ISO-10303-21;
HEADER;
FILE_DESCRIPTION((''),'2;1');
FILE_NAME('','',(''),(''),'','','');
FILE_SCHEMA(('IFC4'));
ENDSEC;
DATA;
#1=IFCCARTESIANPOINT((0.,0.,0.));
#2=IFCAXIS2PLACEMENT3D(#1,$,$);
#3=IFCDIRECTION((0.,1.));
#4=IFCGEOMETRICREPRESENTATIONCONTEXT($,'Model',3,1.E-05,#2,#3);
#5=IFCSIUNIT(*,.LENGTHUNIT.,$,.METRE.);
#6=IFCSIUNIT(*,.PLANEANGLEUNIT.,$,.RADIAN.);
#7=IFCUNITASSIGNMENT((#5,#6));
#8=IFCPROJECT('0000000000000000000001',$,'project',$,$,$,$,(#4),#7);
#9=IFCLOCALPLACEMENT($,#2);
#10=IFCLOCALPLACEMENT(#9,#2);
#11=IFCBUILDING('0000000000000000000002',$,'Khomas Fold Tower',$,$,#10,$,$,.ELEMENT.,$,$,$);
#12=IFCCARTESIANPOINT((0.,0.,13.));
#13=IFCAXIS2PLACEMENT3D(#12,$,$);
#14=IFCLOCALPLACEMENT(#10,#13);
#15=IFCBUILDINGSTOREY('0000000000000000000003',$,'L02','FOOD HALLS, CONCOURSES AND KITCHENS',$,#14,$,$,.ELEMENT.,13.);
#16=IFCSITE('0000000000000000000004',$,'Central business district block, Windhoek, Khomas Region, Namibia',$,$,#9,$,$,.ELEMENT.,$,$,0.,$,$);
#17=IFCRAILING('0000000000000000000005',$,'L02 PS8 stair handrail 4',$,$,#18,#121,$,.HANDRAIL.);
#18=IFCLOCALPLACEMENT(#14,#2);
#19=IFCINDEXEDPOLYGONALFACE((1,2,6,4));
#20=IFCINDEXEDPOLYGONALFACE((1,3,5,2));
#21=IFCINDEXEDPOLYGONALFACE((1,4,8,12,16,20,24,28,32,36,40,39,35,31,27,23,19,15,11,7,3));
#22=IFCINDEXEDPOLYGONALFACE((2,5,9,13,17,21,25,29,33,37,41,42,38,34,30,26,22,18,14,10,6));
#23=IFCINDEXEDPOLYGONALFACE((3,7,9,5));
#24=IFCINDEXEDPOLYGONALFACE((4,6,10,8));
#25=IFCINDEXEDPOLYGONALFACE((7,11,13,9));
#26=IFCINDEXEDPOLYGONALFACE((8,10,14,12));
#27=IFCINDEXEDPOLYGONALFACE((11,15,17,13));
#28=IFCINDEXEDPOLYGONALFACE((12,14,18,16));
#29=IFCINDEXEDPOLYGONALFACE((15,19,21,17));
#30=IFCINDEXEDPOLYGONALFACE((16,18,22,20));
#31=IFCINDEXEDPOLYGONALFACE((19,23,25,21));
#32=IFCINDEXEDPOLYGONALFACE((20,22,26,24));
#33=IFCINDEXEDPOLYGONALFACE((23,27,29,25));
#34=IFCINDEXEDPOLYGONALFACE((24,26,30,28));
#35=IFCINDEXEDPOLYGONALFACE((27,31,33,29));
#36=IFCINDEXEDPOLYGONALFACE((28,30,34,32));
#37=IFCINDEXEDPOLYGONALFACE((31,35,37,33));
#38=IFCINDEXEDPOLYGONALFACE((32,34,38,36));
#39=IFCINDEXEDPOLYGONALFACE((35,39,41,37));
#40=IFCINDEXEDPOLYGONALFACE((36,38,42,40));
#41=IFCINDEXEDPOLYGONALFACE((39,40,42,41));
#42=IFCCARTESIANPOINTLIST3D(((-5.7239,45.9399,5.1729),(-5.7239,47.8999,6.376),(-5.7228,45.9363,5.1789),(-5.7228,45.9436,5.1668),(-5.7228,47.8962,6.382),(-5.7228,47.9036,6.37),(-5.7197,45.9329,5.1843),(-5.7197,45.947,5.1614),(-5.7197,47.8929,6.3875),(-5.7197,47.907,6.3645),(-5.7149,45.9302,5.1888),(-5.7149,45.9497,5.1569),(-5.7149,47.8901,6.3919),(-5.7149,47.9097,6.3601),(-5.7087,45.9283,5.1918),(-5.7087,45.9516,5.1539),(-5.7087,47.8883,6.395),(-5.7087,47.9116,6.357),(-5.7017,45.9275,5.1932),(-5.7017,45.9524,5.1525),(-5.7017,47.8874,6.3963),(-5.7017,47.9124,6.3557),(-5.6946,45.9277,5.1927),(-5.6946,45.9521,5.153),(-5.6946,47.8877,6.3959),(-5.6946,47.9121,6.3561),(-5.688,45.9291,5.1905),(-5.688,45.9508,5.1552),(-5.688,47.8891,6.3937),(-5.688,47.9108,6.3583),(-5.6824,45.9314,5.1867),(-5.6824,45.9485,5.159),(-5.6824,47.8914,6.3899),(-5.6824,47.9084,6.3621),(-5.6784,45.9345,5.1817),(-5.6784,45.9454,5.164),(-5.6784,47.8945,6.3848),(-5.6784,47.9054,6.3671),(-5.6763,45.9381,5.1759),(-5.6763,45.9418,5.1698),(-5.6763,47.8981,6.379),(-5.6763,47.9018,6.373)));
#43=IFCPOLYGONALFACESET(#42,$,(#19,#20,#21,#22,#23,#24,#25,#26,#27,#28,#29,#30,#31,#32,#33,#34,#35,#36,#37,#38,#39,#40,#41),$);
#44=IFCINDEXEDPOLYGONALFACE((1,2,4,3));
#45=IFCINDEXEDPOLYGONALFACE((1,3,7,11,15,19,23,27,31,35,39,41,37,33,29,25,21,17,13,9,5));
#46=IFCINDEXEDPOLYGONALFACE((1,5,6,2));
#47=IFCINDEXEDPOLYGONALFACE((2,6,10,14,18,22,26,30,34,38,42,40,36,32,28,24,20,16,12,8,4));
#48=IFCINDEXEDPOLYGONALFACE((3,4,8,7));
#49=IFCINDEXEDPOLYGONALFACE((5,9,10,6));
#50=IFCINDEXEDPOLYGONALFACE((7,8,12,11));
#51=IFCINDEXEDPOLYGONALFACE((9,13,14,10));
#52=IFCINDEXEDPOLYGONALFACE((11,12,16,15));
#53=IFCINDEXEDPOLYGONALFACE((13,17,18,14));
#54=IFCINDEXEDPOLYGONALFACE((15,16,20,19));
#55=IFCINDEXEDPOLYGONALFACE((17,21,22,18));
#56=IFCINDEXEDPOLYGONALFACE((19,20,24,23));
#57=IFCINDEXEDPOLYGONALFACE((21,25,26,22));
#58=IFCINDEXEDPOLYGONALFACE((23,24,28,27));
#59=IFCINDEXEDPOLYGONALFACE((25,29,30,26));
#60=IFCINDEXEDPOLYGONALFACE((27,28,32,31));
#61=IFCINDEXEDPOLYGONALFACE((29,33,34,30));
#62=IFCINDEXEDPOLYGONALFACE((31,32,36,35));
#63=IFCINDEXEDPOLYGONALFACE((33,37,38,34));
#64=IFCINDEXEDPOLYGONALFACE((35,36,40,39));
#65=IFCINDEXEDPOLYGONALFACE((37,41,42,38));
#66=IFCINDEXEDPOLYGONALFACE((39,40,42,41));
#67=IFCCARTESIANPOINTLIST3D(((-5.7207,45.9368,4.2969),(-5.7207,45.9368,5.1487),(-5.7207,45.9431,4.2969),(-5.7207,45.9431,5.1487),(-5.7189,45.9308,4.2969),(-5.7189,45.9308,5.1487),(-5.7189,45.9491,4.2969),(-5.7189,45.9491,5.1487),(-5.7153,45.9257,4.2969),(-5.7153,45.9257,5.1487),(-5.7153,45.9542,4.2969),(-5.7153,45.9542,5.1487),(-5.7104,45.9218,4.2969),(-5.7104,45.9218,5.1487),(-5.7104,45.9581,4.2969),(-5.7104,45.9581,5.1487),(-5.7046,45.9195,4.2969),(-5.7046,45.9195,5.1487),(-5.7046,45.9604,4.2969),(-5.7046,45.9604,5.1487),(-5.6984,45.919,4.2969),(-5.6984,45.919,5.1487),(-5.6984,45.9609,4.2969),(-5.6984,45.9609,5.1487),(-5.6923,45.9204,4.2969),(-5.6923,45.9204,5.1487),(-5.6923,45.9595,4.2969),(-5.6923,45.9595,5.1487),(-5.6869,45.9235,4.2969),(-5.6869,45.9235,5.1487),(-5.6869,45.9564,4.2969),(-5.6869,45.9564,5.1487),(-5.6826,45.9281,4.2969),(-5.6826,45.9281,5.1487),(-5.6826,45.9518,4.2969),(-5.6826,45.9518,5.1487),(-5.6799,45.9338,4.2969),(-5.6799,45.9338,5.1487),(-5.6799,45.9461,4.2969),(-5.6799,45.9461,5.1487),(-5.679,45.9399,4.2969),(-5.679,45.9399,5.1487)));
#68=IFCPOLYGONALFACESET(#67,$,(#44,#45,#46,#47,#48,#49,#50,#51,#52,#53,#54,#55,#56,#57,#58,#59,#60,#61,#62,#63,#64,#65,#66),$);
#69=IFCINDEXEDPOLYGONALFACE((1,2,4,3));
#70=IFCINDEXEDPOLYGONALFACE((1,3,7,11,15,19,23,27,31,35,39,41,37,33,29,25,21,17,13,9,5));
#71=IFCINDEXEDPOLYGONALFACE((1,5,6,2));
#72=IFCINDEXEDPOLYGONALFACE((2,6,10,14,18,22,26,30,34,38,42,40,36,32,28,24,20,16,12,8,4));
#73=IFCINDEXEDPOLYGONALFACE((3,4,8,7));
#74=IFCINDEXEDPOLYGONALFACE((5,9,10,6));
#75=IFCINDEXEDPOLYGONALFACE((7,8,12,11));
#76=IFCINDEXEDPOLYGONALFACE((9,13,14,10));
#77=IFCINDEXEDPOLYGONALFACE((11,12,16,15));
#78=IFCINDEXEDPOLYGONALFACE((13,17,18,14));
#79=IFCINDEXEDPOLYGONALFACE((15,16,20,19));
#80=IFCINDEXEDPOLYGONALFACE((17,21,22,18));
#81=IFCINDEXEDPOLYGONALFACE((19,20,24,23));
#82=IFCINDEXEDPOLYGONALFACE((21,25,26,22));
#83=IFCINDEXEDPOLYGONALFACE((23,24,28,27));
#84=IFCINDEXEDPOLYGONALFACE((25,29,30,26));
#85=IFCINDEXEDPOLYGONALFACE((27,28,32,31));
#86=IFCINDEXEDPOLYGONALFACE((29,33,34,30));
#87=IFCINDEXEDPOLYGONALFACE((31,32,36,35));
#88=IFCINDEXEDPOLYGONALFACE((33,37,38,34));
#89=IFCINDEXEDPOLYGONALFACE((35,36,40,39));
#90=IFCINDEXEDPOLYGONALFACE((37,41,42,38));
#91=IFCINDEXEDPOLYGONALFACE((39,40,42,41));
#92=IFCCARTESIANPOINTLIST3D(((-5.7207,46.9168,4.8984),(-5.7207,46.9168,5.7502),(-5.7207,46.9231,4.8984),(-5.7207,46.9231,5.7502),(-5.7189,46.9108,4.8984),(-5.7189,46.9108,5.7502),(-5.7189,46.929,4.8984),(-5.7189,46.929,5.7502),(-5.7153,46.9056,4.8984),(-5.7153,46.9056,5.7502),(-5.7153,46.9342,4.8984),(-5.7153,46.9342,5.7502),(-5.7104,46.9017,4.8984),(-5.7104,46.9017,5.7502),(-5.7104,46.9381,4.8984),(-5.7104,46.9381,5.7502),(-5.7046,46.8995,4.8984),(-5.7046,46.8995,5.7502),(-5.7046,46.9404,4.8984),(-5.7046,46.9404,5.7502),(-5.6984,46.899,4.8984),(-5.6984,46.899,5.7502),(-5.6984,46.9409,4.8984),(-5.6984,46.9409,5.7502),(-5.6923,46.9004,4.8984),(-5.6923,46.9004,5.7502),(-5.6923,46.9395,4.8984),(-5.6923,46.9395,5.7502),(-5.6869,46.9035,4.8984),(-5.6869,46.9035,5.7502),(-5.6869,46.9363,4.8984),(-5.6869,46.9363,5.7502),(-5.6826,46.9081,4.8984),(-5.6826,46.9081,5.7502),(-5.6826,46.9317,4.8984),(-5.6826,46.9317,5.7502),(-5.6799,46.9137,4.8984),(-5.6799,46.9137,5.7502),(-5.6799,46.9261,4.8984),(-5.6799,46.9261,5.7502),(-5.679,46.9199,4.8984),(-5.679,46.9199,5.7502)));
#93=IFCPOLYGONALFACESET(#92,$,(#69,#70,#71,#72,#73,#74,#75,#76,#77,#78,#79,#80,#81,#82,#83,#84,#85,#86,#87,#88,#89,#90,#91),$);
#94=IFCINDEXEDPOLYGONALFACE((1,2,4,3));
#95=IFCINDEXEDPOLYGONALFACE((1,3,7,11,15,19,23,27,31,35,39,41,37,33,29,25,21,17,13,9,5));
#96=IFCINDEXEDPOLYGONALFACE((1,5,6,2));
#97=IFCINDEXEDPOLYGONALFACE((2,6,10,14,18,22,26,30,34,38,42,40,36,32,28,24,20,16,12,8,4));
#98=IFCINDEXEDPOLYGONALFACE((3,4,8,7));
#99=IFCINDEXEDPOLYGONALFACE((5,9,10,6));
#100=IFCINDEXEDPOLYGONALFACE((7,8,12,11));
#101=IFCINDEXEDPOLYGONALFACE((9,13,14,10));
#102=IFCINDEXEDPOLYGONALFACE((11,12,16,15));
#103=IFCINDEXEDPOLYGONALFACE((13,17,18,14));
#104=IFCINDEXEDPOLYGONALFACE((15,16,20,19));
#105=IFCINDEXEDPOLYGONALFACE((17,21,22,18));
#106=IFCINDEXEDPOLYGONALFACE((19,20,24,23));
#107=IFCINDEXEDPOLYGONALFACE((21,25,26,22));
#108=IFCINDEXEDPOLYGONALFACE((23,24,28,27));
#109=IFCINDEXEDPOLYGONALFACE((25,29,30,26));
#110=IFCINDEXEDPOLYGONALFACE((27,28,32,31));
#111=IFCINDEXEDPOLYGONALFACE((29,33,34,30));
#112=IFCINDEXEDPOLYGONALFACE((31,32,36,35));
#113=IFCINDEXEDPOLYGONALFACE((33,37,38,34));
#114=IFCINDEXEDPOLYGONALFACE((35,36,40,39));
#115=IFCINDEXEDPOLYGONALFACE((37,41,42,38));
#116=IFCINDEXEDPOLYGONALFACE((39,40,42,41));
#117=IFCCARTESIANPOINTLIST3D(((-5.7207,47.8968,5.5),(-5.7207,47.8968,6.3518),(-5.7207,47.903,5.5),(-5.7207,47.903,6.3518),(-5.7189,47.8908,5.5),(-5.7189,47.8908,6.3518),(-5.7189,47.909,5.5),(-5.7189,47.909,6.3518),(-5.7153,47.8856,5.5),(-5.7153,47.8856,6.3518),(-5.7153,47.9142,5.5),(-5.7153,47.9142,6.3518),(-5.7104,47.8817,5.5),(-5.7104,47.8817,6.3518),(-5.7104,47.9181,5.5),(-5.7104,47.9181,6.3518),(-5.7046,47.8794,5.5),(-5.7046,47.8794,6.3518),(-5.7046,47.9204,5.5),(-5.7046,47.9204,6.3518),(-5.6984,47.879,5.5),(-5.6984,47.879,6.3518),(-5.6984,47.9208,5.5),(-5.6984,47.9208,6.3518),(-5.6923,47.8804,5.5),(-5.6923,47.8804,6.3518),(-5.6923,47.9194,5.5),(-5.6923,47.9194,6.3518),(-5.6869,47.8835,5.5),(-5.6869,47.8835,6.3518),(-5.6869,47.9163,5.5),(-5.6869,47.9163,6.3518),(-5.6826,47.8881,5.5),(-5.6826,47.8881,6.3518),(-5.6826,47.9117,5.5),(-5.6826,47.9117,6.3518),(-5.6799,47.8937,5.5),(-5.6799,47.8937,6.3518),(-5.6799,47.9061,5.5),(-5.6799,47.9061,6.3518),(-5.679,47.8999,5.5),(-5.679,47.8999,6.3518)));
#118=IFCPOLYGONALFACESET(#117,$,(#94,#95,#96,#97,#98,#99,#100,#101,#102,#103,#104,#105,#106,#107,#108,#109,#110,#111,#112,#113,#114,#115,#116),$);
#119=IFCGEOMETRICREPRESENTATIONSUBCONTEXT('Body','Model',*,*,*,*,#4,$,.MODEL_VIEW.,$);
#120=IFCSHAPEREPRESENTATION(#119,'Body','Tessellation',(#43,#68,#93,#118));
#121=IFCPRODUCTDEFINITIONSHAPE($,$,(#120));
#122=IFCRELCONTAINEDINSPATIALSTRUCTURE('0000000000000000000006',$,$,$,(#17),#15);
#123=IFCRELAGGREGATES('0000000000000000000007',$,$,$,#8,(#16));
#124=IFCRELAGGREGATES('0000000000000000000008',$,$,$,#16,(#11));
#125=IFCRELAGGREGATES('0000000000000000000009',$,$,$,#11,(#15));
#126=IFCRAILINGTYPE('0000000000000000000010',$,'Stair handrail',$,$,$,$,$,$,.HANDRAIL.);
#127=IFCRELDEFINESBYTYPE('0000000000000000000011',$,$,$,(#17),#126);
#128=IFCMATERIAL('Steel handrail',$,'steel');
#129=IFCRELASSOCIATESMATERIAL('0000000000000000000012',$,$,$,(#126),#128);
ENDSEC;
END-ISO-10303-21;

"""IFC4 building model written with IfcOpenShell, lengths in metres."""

from ifc_helpers import new_model, si_unit, direction, frame, origin, origin_2d, place, context, subcontext, project, spatial, circle, extrude, source, transform, mapped, material, type_object, element, save


model = new_model("IFC4")

# Units and contexts
model_context = context("Model", 3, precision=1e-05, world=origin(), true_north=direction((0.0, 1.0)))
body_context = subcontext(model_context, "Body", "Model", "MODEL_VIEW")
ifc_project = project(units=[si_unit("LENGTHUNIT", "METRE"), si_unit("PLANEANGLEUNIT", "RADIAN")], contexts=[model_context])

# Site, building, storey
site_placement = place(None, origin())
site = spatial("IfcSite", under=ifc_project, at=site_placement, Name="Central business district block, Windhoek, Khomas Region, Namibia", CompositionType="ELEMENT", RefElevation=0.0)
building_placement = place(site_placement, origin())
building = spatial("IfcBuilding", under=site, at=building_placement, Name="Khomas Fold Tower", CompositionType="ELEMENT")
storey_placement = place(building_placement, frame((0.0, 0.0, 13.0)))
storey = spatial("IfcBuildingStorey", under=building, at=storey_placement, Name="L02", Description="FOOD HALLS, CONCOURSES AND KITCHENS", CompositionType="ELEMENT", Elevation=13.0)

# Railing
ifc_material_1 = material(Name="Steel handrail", Category="steel")
railing_type_1 = type_object("IfcRailingType", Name="Stair handrail", PredefinedType="HANDRAIL", material=ifc_material_1)
shared_shape_1 = source(origin(), body_context, "Body", "SweptSolid", [
    extrude(circle(Radius=0.0239, at=origin_2d()), frame((0.0, 0.0, 0.876), z_axis=(0.0, 0.852241, 0.523149), x_axis=(-1.0, 0.0, 0.0)), (0.0, 0.0, 1.0), 2.2998),
    extrude(circle(Radius=0.021, at=origin_2d()), origin(), (0.0, 0.0, 1.0), 0.8518),
    extrude(circle(Radius=0.021, at=origin_2d()), frame((0.0, 0.98, 0.6016)), (0.0, 0.0, 1.0), 0.8518),
    extrude(circle(Radius=0.021, at=origin_2d()), frame((0.0, 1.96, 1.2031)), (0.0, 0.0, 1.0), 0.8518),
])
railing_1_placement = place(storey_placement, frame((-5.7, 45.9399, 4.2969)))
element("IfcRailing", 1, at=railing_1_placement, inside=storey, type_object=railing_type_1, Name="L02 PS8 stair handrail 4", PredefinedType="HANDRAIL", context=body_context, shape_type="MappedRepresentation", body=[
    mapped(shared_shape_1, transform((0.0, 0.0, 0.0))),
])

save(model, "model.ifc")
